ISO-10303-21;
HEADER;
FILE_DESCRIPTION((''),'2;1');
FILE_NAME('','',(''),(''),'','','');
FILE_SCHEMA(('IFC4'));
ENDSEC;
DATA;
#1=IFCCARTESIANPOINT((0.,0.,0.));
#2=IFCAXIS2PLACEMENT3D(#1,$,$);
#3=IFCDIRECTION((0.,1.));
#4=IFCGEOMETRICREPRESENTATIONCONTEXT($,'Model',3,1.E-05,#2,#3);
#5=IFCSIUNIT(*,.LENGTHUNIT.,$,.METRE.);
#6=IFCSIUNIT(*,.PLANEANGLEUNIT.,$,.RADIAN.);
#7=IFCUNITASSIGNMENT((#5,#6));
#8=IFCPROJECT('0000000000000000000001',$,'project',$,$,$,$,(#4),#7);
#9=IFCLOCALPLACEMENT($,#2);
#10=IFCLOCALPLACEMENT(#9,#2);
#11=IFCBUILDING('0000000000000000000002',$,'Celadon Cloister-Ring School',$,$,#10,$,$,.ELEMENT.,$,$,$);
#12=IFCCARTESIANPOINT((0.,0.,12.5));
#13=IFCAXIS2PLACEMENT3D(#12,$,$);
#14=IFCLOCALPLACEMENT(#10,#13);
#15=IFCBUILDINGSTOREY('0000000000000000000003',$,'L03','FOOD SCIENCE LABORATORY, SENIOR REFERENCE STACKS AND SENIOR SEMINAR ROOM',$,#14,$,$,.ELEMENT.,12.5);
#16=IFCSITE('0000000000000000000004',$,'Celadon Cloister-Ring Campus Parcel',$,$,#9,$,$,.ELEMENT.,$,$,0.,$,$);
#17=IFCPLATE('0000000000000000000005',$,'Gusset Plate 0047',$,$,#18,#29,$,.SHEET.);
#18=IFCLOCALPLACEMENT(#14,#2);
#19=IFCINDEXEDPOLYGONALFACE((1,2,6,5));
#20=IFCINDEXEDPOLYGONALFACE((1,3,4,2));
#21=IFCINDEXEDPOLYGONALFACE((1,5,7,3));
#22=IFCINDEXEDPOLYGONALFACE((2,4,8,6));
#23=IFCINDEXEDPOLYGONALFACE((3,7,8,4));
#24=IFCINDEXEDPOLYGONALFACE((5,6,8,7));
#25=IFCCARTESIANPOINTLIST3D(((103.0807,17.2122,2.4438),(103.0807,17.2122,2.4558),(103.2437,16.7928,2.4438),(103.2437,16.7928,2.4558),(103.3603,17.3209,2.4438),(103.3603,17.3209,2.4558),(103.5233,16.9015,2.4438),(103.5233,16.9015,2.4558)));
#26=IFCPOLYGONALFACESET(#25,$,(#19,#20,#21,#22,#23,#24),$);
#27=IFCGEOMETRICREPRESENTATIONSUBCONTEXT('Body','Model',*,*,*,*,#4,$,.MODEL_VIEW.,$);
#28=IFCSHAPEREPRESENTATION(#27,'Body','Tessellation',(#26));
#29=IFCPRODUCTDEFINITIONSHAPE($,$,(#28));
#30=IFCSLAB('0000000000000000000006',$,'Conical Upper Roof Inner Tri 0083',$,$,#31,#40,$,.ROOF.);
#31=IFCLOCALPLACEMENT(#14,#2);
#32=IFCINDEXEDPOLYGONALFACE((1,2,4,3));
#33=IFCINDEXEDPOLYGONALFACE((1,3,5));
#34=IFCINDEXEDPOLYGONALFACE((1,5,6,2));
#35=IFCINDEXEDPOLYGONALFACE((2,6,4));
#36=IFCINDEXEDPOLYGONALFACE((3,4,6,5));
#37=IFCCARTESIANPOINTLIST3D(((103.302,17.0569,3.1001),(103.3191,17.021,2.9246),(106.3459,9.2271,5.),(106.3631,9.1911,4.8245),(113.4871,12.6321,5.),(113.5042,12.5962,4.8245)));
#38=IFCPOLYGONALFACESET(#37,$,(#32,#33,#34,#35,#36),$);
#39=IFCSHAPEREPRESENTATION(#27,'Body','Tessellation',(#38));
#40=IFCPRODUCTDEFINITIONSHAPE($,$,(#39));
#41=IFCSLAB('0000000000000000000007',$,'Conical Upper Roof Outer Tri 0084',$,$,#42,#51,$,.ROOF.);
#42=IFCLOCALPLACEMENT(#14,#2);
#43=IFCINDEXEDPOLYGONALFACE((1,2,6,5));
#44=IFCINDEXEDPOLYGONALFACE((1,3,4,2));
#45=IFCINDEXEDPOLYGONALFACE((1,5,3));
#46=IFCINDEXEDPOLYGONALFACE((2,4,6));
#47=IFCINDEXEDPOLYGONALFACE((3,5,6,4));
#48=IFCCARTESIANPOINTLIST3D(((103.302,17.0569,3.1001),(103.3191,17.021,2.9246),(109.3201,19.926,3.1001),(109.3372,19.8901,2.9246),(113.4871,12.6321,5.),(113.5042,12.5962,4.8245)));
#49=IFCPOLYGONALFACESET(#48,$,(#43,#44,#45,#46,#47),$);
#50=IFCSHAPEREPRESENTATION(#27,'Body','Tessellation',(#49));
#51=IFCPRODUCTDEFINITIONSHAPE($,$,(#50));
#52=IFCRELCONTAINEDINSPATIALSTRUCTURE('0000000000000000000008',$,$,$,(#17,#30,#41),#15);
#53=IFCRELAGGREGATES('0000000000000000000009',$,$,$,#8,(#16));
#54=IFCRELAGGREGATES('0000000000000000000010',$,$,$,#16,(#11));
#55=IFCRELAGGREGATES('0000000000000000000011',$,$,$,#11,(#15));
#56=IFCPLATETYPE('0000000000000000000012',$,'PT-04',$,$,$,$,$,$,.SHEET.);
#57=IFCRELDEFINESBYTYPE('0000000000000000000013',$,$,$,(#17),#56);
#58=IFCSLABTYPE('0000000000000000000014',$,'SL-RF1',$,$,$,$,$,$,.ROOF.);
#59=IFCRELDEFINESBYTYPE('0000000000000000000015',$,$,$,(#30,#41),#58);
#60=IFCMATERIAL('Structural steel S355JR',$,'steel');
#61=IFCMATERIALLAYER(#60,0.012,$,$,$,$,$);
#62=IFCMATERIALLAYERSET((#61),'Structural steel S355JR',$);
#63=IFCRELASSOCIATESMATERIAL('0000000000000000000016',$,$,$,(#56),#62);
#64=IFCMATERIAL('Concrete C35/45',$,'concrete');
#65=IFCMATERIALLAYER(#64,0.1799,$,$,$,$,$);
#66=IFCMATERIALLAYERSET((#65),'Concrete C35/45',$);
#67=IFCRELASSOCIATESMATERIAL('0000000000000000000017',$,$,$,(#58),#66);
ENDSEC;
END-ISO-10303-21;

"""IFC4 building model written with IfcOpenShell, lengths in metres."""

from ifc_helpers import new_model, si_unit, direction, frame, origin, origin_2d, place, context, subcontext, project, spatial, polyline, rectangle, outline, extrude, material, layer, layer_set, type_object, element, save


model = new_model("IFC4")

# Units and contexts
model_context = context("Model", 3, precision=1e-05, world=origin(), true_north=direction((0.0, 1.0)))
body_context = subcontext(model_context, "Body", "Model", "MODEL_VIEW")
ifc_project = project(units=[si_unit("LENGTHUNIT", "METRE"), si_unit("PLANEANGLEUNIT", "RADIAN")], contexts=[model_context])

# Site, building, storey
site_placement = place(None, origin())
site = spatial("IfcSite", under=ifc_project, at=site_placement, Name="Celadon Cloister-Ring Campus Parcel", CompositionType="ELEMENT", RefElevation=0.0)
building_placement = place(site_placement, origin())
building = spatial("IfcBuilding", under=site, at=building_placement, Name="Celadon Cloister-Ring School", CompositionType="ELEMENT")
storey_placement = place(building_placement, frame((0.0, 0.0, 12.5)))
storey = spatial("IfcBuildingStorey", under=building, at=storey_placement, Name="L03", Description="FOOD SCIENCE LABORATORY, SENIOR REFERENCE STACKS AND SENIOR SEMINAR ROOM", CompositionType="ELEMENT", Elevation=12.5)

# Plate
ifc_material_1 = material(Name="Structural steel S355JR", Category="steel")
ifc_layer_1 = layer(ifc_material_1, 0.012)
ifc_layer_set_1 = layer_set([ifc_layer_1], Name="Structural steel S355JR")
plate_type_1 = type_object("IfcPlateType", Name="PT-04", PredefinedType="SHEET", material=ifc_layer_set_1)
plate_1_placement = place(storey_placement, frame((103.302, 17.0569, 2.4438), z_axis=(0.0, 0.0, 1.0), x_axis=(0.362275, -0.932071, 0.0)))
element("IfcPlate", 1, at=plate_1_placement, inside=storey, type_object=plate_type_1, Name="Gusset Plate 0047", PredefinedType="SHEET", context=body_context, shape_type="SweptSolid", body=[
    extrude(rectangle(XDim=0.45, YDim=0.3, at=origin_2d()), origin(), (0.0, 0.0, 1.0), 0.012),
])

# Slabs
ifc_material_2 = material(Name="Concrete C35/45", Category="concrete")
ifc_layer_2 = layer(ifc_material_2, 0.1799)
ifc_layer_set_2 = layer_set([ifc_layer_2], Name="Concrete C35/45")
slab_type = type_object("IfcSlabType", Name="SL-RF1", PredefinedType="ROOF", material=ifc_layer_set_2)
slab_1_placement = place(storey_placement, frame((103.302, 17.0569, 3.1001), z_axis=(-0.09519, 0.199634, 0.975236), x_axis=(0.353418, -0.909085, 0.220589)))
element("IfcSlab", 2, at=slab_1_placement, inside=storey, type_object=slab_type, Name="Conical Upper Roof Inner Tri 0083", PredefinedType="ROOF", context=body_context, shape_type="SweptSolid", body=[
    extrude(outline(polyline([(0.0, 0.0), (8.6129, 0.0), (8.0412, 7.8907), (0.0, 0.0)])), origin(), (0.0, 0.0, -1.0), 0.1799),
])
slab_2_placement = place(storey_placement, frame((103.302, 17.0569, 3.1001), z_axis=(-0.095183, 0.199648, 0.975234), x_axis=(0.904049, -0.392756, 0.16864)))
element("IfcSlab", 3, at=slab_2_placement, inside=storey, type_object=slab_type, Name="Conical Upper Roof Outer Tri 0084", PredefinedType="ROOF", context=body_context, shape_type="SweptSolid", body=[
    extrude(outline(polyline([(0.0, 0.0), (11.2661, 0.0), (4.3138, 5.0834), (0.0, 0.0)])), origin(), (0.0, 0.0, -1.0), 0.1799),
])

save(model, "model.ifc")
